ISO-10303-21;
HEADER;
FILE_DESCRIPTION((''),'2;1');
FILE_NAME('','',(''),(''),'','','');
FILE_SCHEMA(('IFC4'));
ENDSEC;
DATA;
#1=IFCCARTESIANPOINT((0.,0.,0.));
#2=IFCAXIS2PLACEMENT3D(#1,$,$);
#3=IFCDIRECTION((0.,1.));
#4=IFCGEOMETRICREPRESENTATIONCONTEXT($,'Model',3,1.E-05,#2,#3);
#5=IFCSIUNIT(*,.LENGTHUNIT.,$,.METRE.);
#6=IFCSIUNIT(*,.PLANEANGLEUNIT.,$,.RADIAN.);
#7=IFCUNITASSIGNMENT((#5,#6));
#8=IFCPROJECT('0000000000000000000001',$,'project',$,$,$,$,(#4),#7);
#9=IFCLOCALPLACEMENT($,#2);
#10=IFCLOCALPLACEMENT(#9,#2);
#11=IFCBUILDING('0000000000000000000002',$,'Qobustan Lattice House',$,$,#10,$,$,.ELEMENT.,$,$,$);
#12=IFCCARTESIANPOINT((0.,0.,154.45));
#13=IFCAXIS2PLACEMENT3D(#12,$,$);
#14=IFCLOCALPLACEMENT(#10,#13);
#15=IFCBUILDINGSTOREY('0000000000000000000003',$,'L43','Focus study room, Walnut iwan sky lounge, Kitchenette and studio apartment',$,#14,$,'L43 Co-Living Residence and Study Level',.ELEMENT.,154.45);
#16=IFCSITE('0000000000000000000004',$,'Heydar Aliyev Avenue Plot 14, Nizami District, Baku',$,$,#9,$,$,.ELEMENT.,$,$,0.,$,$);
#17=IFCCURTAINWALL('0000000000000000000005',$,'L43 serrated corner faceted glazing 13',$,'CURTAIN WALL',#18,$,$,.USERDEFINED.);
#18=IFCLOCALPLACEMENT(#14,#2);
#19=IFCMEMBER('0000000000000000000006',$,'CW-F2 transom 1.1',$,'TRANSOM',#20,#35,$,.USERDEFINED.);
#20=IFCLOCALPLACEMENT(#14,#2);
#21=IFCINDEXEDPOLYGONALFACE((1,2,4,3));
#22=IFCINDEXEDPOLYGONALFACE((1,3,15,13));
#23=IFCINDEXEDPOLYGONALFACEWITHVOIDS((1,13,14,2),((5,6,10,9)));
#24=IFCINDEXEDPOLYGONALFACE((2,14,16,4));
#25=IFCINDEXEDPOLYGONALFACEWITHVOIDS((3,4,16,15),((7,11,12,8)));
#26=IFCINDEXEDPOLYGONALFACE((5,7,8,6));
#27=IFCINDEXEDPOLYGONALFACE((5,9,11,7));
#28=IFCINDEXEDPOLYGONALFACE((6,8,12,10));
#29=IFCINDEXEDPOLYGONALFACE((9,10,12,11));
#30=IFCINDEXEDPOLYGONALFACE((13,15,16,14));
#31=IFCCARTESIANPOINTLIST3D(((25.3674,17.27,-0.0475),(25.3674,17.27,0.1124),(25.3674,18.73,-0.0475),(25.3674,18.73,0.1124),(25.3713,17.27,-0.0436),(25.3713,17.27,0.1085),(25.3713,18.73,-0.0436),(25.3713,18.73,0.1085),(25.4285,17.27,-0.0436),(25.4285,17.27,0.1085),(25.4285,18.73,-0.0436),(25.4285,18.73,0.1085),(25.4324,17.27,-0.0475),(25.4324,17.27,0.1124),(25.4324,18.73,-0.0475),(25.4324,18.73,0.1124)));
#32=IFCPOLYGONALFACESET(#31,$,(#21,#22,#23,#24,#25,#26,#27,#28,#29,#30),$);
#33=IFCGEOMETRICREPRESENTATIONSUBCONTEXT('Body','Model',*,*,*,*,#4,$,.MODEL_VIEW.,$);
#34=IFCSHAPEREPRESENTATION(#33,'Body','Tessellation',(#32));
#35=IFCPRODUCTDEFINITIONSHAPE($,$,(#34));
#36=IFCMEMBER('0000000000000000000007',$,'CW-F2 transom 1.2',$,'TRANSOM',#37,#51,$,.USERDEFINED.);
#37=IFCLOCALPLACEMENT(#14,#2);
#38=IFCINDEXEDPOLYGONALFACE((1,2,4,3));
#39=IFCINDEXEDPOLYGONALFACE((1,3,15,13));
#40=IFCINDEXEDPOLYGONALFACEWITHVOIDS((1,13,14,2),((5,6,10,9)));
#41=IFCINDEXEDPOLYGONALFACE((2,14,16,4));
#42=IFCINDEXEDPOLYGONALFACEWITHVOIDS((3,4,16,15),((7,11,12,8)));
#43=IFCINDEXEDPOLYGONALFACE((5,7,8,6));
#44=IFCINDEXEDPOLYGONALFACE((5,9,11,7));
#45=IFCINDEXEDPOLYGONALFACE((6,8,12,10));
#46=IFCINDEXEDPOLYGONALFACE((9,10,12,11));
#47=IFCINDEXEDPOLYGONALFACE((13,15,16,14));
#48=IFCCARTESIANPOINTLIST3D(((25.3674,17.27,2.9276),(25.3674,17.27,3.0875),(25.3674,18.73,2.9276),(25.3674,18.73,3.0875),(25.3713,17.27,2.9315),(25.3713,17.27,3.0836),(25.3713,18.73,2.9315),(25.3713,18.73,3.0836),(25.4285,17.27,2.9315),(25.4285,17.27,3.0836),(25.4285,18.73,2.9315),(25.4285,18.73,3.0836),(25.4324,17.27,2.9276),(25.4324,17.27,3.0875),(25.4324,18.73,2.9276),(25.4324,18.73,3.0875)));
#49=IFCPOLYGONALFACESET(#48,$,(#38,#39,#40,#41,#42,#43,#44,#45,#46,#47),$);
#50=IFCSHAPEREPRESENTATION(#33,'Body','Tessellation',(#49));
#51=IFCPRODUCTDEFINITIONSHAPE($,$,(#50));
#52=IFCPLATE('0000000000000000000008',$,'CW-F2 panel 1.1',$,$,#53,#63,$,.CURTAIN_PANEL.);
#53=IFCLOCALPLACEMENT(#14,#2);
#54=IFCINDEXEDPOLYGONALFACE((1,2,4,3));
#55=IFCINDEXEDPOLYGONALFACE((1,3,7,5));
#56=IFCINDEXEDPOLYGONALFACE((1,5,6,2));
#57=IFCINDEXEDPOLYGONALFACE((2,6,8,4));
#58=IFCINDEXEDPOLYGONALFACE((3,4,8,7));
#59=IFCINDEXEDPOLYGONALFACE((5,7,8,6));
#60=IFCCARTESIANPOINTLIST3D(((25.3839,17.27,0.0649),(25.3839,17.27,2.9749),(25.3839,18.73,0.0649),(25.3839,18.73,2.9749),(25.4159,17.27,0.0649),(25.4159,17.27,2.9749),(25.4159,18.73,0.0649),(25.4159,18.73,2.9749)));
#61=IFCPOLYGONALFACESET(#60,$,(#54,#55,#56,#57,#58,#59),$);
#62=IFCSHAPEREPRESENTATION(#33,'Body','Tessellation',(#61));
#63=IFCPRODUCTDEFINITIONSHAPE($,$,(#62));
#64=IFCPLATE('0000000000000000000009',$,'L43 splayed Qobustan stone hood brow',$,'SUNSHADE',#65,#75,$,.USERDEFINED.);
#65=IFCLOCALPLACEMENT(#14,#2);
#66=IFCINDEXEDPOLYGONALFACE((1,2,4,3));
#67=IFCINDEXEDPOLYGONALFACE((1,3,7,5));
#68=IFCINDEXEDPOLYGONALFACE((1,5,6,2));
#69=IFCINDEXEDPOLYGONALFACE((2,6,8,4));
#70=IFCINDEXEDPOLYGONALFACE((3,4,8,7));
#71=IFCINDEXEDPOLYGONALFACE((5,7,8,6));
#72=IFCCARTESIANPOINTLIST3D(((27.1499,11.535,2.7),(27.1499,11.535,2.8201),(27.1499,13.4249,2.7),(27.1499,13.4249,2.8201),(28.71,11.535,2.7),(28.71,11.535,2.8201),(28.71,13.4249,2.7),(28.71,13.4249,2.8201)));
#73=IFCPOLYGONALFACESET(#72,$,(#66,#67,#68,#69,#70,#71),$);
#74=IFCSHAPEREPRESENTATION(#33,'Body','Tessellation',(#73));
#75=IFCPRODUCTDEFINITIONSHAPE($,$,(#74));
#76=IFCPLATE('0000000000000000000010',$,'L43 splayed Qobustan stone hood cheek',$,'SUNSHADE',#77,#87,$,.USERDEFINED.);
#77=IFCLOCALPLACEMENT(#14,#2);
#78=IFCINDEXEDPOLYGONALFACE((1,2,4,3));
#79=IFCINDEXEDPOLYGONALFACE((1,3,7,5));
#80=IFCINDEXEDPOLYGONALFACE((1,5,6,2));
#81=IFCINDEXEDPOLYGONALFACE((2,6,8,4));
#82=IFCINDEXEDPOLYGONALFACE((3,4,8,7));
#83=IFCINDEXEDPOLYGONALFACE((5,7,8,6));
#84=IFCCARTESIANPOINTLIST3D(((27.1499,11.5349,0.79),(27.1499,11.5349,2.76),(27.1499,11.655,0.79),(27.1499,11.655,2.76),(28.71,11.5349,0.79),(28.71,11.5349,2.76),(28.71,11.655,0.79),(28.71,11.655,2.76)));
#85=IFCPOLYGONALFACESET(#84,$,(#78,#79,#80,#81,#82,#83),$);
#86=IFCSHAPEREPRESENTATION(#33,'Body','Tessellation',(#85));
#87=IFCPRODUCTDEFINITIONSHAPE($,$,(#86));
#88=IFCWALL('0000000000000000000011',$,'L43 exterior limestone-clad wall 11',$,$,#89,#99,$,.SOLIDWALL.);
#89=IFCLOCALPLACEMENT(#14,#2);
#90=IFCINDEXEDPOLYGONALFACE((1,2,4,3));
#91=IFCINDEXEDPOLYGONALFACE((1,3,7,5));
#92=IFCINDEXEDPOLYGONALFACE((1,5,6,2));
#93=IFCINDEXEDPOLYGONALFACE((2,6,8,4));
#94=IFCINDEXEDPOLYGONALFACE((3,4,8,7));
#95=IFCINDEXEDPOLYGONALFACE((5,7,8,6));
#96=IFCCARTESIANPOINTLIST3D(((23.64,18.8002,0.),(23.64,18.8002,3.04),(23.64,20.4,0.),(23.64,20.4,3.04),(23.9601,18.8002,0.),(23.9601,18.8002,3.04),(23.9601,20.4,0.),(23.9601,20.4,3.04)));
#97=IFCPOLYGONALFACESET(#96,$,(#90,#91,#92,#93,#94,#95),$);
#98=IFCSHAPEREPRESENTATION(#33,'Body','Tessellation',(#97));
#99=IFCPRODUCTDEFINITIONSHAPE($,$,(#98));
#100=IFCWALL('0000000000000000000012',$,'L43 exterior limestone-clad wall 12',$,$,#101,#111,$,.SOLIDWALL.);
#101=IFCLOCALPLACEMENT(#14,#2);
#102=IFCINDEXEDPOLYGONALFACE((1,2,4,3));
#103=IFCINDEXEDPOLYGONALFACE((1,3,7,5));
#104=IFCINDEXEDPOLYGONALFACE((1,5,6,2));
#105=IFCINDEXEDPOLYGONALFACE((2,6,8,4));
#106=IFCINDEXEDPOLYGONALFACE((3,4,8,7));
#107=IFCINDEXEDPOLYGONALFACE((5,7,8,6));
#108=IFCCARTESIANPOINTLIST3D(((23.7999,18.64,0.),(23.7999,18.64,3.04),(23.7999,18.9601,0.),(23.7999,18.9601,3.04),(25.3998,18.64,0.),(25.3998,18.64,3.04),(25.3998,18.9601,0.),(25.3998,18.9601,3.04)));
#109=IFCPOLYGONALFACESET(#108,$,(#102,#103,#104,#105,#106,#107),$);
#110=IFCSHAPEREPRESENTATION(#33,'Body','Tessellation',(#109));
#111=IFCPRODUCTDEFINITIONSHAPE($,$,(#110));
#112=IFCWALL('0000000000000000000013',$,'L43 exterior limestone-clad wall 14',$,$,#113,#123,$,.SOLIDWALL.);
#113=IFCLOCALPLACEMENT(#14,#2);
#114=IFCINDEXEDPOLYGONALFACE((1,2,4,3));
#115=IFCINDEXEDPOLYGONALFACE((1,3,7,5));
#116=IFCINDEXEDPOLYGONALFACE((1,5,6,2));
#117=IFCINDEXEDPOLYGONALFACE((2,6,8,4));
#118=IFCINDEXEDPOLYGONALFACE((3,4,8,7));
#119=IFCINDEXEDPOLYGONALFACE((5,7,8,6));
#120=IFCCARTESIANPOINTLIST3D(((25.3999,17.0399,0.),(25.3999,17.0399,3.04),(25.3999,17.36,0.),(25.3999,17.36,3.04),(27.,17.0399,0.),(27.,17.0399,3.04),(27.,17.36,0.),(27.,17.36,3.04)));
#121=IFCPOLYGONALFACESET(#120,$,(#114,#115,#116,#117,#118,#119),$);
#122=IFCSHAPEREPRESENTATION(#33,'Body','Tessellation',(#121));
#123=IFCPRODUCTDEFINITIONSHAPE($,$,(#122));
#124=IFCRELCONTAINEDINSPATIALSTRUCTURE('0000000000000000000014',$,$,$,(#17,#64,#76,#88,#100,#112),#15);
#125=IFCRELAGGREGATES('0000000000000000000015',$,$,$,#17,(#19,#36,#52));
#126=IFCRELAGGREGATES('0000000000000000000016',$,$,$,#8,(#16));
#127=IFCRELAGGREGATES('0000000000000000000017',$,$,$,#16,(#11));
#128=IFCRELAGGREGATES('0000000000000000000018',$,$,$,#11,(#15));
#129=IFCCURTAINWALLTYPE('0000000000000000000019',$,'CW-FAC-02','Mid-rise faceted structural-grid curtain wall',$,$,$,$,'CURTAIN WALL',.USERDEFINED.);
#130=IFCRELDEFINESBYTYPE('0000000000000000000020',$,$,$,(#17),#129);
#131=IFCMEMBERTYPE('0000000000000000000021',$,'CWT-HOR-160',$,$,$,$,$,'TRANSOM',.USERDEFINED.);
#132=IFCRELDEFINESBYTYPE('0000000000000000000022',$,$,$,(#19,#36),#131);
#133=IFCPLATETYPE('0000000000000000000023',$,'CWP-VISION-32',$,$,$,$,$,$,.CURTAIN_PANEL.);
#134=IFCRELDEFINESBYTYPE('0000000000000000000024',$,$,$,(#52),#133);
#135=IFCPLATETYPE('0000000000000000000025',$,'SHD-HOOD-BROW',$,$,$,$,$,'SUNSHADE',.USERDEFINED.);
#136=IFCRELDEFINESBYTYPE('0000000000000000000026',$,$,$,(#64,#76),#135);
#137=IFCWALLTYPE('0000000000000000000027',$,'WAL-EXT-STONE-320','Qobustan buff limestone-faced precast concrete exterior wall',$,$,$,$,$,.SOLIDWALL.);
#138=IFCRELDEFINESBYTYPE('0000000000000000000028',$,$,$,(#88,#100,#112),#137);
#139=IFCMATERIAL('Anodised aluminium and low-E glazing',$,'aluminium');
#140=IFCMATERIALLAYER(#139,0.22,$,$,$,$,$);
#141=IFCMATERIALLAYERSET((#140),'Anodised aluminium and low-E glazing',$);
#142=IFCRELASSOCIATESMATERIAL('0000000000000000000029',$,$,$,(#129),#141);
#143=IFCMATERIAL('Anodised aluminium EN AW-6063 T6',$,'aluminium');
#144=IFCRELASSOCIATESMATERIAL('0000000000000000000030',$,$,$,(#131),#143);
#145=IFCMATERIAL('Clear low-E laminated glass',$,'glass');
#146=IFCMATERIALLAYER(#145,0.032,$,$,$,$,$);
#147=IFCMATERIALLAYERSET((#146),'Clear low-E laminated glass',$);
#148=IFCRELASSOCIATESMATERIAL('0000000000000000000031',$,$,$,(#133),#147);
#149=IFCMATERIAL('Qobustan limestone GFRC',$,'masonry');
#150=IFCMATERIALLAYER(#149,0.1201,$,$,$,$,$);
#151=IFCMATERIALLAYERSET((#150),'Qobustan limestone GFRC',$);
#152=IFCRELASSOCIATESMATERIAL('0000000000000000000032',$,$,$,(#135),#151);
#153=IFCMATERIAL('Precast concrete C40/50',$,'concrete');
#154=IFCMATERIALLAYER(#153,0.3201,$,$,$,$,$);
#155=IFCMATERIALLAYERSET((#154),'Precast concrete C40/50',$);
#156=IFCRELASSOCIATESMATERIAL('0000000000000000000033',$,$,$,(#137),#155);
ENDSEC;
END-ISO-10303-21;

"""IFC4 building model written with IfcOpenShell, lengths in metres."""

from ifc_helpers import new_model, si_unit, direction, frame, frame_2d, origin, origin_2d, place, context, subcontext, project, spatial, rectangle, hollow_rectangle, extrude, material, layer, layer_set, material_profile, profile_set, type_object, element, aggregate, save


model = new_model("IFC4")

# Units and contexts
model_context = context("Model", 3, precision=1e-05, world=origin(), true_north=direction((0.0, 1.0)))
body_context = subcontext(model_context, "Body", "Model", "MODEL_VIEW")
ifc_project = project(units=[si_unit("LENGTHUNIT", "METRE"), si_unit("PLANEANGLEUNIT", "RADIAN")], contexts=[model_context])

# Site, building, storey
site_placement = place(None, origin())
site = spatial("IfcSite", under=ifc_project, at=site_placement, Name="Heydar Aliyev Avenue Plot 14, Nizami District, Baku", CompositionType="ELEMENT", RefElevation=0.0)
building_placement = place(site_placement, origin())
building = spatial("IfcBuilding", under=site, at=building_placement, Name="Qobustan Lattice House", CompositionType="ELEMENT")
storey_placement = place(building_placement, frame((0.0, 0.0, 154.45)))
storey = spatial("IfcBuildingStorey", under=building, at=storey_placement, Name="L43", Description="Focus study room, Walnut iwan sky lounge, Kitchenette and studio apartment", LongName="L43 Co-Living Residence and Study Level", CompositionType="ELEMENT", Elevation=154.45)

# Curtain wall, members, plate
ifc_material_1 = material(Name="Anodised aluminium and low-E glazing", Category="aluminium")
ifc_layer_1 = layer(ifc_material_1, 0.22)
ifc_layer_set_1 = layer_set([ifc_layer_1], Name="Anodised aluminium and low-E glazing")
curtain_wall_type = type_object("IfcCurtainWallType", Name="CW-FAC-02", Description="Mid-rise faceted structural-grid curtain wall", ElementType="CURTAIN WALL", PredefinedType="USERDEFINED", material=ifc_layer_set_1)
curtain_wall_placement = place(storey_placement, origin())
curtain_wall = element("IfcCurtainWall", 1, at=curtain_wall_placement, inside=storey, type_object=curtain_wall_type, Name="L43 serrated corner faceted glazing 13", ObjectType="CURTAIN WALL", PredefinedType="USERDEFINED")
ifc_material_2 = material(Name="Anodised aluminium EN AW-6063 T6", Category="aluminium")
ifc_material_profile_1 = material_profile(ifc_material_2, hollow_rectangle(XDim=0.0649, YDim=0.1599, WallThickness=0.0039, at=origin_2d()), Name="CWT-160x65")
ifc_profile_set_1 = profile_set([ifc_material_profile_1], Name="Anodised aluminium EN AW-6063 T6")
member_type_1 = type_object("IfcMemberType", Name="CWT-HOR-160", ElementType="TRANSOM", PredefinedType="USERDEFINED", material=ifc_profile_set_1)
member_1_placement = place(storey_placement, frame((25.3999, 18.73, 0.0325), z_axis=(0.0, -1.0, 0.0), x_axis=(1.0, 0.0, 0.0)))
member_1 = element("IfcMember", 2, at=member_1_placement, type_object=member_type_1, Name="CW-F2 transom 1.1", ObjectType="TRANSOM", PredefinedType="USERDEFINED", context=body_context, shape_type="SweptSolid", body=[
    extrude(hollow_rectangle(XDim=0.0649, YDim=0.1599, WallThickness=0.0039, at=origin_2d()), origin(), (0.0, 0.0, 1.0), 1.46),
])
member_2_placement = place(storey_placement, frame((25.3999, 18.73, 3.0076), z_axis=(0.0, -1.0, 0.0), x_axis=(1.0, 0.0, 0.0)))
member_2 = element("IfcMember", 3, at=member_2_placement, type_object=member_type_1, Name="CW-F2 transom 1.2", ObjectType="TRANSOM", PredefinedType="USERDEFINED", context=body_context, shape_type="SweptSolid", body=[
    extrude(hollow_rectangle(XDim=0.0649, YDim=0.1599, WallThickness=0.0039, at=origin_2d()), origin(), (0.0, 0.0, 1.0), 1.46),
])
ifc_material_3 = material(Name="Clear low-E laminated glass", Category="glass")
ifc_layer_2 = layer(ifc_material_3, 0.032)
ifc_layer_set_2 = layer_set([ifc_layer_2], Name="Clear low-E laminated glass")
plate_type_1 = type_object("IfcPlateType", Name="CWP-VISION-32", PredefinedType="CURTAIN_PANEL", material=ifc_layer_set_2)
plate_1_placement = place(storey_placement, frame((25.3999, 18.0, 0.0649), z_axis=(0.0, 0.0, 1.0), x_axis=(0.0, -1.0, 0.0)))
plate_1 = element("IfcPlate", 4, at=plate_1_placement, type_object=plate_type_1, Name="CW-F2 panel 1.1", PredefinedType="CURTAIN_PANEL", context=body_context, shape_type="SweptSolid", body=[
    extrude(rectangle(XDim=1.46, YDim=0.032, at=origin_2d()), origin(), (0.0, 0.0, 1.0), 2.9099),
])
aggregate(curtain_wall, [member_1, member_2, plate_1])

# Plates
ifc_material_4 = material(Name="Qobustan limestone GFRC", Category="masonry")
ifc_layer_3 = layer(ifc_material_4, 0.1201)
ifc_layer_set_3 = layer_set([ifc_layer_3], Name="Qobustan limestone GFRC")
plate_type_2 = type_object("IfcPlateType", Name="SHD-HOOD-BROW", ElementType="SUNSHADE", PredefinedType="USERDEFINED", material=ifc_layer_set_3)
plate_2_placement = place(storey_placement, frame((27.9299, 12.48, 2.7), z_axis=(0.0, 0.0, 1.0), x_axis=(0.0, -1.0, 0.0)))
element("IfcPlate", 5, at=plate_2_placement, inside=storey, type_object=plate_type_2, Name="L43 splayed Qobustan stone hood brow", ObjectType="SUNSHADE", PredefinedType="USERDEFINED", context=body_context, shape_type="SweptSolid", body=[
    extrude(rectangle(XDim=1.8899, YDim=1.5601, at=origin_2d()), origin(), (0.0, 0.0, 1.0), 0.1201),
])
plate_3_placement = place(storey_placement, frame((27.9299, 11.595, 0.79), z_axis=(0.0, 0.0, 1.0), x_axis=(0.0, -1.0, 0.0)))
element("IfcPlate", 6, at=plate_3_placement, inside=storey, type_object=plate_type_2, Name="L43 splayed Qobustan stone hood cheek", ObjectType="SUNSHADE", PredefinedType="USERDEFINED", context=body_context, shape_type="SweptSolid", body=[
    extrude(rectangle(XDim=0.1201, YDim=1.5601, at=origin_2d()), origin(), (0.0, 0.0, 1.0), 1.97),
])

# Walls
ifc_material_5 = material(Name="Precast concrete C40/50", Category="concrete")
ifc_layer_4 = layer(ifc_material_5, 0.3201)
ifc_layer_set_4 = layer_set([ifc_layer_4], Name="Precast concrete C40/50")
wall_type = type_object("IfcWallType", Name="WAL-EXT-STONE-320", Description="Qobustan buff limestone-faced precast concrete exterior wall", PredefinedType="SOLIDWALL", material=ifc_layer_set_4)
for number, where, z_axis, x_axis, name in (
    (7, (23.8, 20.3999, 0.0), (0.0, 0.0, 1.0), (0.0, -1.0, 0.0), "L43 exterior limestone-clad wall 11"),
    (8, (23.8, 18.8, 0.0), (0.0, 0.0, 1.0), (1.0, 0.0, 0.0), "L43 exterior limestone-clad wall 12"),
):
    element("IfcWall", number, at=place(storey_placement, frame(where, z_axis=z_axis, x_axis=x_axis)), inside=storey, type_object=wall_type, Name=name, PredefinedType="SOLIDWALL", context=body_context, shape_type="SweptSolid", body=[
        extrude(rectangle(XDim=1.5999, YDim=0.3201, at=frame_2d((0.7998, 0.0))), origin(), (0.0, 0.0, 1.0), 3.04),
    ])
wall_1_placement = place(storey_placement, frame((25.3999, 17.2, 0.0), z_axis=(0.0, 0.0, 1.0), x_axis=(1.0, 0.0, 0.0)))
element("IfcWall", 9, at=wall_1_placement, inside=storey, type_object=wall_type, Name="L43 exterior limestone-clad wall 14", PredefinedType="SOLIDWALL", context=body_context, shape_type="SweptSolid", body=[
    extrude(rectangle(XDim=1.6001, YDim=0.3201, at=frame_2d((0.8, 0.0))), origin(), (0.0, 0.0, 1.0), 3.04),
])

save(model, "model.ifc")
